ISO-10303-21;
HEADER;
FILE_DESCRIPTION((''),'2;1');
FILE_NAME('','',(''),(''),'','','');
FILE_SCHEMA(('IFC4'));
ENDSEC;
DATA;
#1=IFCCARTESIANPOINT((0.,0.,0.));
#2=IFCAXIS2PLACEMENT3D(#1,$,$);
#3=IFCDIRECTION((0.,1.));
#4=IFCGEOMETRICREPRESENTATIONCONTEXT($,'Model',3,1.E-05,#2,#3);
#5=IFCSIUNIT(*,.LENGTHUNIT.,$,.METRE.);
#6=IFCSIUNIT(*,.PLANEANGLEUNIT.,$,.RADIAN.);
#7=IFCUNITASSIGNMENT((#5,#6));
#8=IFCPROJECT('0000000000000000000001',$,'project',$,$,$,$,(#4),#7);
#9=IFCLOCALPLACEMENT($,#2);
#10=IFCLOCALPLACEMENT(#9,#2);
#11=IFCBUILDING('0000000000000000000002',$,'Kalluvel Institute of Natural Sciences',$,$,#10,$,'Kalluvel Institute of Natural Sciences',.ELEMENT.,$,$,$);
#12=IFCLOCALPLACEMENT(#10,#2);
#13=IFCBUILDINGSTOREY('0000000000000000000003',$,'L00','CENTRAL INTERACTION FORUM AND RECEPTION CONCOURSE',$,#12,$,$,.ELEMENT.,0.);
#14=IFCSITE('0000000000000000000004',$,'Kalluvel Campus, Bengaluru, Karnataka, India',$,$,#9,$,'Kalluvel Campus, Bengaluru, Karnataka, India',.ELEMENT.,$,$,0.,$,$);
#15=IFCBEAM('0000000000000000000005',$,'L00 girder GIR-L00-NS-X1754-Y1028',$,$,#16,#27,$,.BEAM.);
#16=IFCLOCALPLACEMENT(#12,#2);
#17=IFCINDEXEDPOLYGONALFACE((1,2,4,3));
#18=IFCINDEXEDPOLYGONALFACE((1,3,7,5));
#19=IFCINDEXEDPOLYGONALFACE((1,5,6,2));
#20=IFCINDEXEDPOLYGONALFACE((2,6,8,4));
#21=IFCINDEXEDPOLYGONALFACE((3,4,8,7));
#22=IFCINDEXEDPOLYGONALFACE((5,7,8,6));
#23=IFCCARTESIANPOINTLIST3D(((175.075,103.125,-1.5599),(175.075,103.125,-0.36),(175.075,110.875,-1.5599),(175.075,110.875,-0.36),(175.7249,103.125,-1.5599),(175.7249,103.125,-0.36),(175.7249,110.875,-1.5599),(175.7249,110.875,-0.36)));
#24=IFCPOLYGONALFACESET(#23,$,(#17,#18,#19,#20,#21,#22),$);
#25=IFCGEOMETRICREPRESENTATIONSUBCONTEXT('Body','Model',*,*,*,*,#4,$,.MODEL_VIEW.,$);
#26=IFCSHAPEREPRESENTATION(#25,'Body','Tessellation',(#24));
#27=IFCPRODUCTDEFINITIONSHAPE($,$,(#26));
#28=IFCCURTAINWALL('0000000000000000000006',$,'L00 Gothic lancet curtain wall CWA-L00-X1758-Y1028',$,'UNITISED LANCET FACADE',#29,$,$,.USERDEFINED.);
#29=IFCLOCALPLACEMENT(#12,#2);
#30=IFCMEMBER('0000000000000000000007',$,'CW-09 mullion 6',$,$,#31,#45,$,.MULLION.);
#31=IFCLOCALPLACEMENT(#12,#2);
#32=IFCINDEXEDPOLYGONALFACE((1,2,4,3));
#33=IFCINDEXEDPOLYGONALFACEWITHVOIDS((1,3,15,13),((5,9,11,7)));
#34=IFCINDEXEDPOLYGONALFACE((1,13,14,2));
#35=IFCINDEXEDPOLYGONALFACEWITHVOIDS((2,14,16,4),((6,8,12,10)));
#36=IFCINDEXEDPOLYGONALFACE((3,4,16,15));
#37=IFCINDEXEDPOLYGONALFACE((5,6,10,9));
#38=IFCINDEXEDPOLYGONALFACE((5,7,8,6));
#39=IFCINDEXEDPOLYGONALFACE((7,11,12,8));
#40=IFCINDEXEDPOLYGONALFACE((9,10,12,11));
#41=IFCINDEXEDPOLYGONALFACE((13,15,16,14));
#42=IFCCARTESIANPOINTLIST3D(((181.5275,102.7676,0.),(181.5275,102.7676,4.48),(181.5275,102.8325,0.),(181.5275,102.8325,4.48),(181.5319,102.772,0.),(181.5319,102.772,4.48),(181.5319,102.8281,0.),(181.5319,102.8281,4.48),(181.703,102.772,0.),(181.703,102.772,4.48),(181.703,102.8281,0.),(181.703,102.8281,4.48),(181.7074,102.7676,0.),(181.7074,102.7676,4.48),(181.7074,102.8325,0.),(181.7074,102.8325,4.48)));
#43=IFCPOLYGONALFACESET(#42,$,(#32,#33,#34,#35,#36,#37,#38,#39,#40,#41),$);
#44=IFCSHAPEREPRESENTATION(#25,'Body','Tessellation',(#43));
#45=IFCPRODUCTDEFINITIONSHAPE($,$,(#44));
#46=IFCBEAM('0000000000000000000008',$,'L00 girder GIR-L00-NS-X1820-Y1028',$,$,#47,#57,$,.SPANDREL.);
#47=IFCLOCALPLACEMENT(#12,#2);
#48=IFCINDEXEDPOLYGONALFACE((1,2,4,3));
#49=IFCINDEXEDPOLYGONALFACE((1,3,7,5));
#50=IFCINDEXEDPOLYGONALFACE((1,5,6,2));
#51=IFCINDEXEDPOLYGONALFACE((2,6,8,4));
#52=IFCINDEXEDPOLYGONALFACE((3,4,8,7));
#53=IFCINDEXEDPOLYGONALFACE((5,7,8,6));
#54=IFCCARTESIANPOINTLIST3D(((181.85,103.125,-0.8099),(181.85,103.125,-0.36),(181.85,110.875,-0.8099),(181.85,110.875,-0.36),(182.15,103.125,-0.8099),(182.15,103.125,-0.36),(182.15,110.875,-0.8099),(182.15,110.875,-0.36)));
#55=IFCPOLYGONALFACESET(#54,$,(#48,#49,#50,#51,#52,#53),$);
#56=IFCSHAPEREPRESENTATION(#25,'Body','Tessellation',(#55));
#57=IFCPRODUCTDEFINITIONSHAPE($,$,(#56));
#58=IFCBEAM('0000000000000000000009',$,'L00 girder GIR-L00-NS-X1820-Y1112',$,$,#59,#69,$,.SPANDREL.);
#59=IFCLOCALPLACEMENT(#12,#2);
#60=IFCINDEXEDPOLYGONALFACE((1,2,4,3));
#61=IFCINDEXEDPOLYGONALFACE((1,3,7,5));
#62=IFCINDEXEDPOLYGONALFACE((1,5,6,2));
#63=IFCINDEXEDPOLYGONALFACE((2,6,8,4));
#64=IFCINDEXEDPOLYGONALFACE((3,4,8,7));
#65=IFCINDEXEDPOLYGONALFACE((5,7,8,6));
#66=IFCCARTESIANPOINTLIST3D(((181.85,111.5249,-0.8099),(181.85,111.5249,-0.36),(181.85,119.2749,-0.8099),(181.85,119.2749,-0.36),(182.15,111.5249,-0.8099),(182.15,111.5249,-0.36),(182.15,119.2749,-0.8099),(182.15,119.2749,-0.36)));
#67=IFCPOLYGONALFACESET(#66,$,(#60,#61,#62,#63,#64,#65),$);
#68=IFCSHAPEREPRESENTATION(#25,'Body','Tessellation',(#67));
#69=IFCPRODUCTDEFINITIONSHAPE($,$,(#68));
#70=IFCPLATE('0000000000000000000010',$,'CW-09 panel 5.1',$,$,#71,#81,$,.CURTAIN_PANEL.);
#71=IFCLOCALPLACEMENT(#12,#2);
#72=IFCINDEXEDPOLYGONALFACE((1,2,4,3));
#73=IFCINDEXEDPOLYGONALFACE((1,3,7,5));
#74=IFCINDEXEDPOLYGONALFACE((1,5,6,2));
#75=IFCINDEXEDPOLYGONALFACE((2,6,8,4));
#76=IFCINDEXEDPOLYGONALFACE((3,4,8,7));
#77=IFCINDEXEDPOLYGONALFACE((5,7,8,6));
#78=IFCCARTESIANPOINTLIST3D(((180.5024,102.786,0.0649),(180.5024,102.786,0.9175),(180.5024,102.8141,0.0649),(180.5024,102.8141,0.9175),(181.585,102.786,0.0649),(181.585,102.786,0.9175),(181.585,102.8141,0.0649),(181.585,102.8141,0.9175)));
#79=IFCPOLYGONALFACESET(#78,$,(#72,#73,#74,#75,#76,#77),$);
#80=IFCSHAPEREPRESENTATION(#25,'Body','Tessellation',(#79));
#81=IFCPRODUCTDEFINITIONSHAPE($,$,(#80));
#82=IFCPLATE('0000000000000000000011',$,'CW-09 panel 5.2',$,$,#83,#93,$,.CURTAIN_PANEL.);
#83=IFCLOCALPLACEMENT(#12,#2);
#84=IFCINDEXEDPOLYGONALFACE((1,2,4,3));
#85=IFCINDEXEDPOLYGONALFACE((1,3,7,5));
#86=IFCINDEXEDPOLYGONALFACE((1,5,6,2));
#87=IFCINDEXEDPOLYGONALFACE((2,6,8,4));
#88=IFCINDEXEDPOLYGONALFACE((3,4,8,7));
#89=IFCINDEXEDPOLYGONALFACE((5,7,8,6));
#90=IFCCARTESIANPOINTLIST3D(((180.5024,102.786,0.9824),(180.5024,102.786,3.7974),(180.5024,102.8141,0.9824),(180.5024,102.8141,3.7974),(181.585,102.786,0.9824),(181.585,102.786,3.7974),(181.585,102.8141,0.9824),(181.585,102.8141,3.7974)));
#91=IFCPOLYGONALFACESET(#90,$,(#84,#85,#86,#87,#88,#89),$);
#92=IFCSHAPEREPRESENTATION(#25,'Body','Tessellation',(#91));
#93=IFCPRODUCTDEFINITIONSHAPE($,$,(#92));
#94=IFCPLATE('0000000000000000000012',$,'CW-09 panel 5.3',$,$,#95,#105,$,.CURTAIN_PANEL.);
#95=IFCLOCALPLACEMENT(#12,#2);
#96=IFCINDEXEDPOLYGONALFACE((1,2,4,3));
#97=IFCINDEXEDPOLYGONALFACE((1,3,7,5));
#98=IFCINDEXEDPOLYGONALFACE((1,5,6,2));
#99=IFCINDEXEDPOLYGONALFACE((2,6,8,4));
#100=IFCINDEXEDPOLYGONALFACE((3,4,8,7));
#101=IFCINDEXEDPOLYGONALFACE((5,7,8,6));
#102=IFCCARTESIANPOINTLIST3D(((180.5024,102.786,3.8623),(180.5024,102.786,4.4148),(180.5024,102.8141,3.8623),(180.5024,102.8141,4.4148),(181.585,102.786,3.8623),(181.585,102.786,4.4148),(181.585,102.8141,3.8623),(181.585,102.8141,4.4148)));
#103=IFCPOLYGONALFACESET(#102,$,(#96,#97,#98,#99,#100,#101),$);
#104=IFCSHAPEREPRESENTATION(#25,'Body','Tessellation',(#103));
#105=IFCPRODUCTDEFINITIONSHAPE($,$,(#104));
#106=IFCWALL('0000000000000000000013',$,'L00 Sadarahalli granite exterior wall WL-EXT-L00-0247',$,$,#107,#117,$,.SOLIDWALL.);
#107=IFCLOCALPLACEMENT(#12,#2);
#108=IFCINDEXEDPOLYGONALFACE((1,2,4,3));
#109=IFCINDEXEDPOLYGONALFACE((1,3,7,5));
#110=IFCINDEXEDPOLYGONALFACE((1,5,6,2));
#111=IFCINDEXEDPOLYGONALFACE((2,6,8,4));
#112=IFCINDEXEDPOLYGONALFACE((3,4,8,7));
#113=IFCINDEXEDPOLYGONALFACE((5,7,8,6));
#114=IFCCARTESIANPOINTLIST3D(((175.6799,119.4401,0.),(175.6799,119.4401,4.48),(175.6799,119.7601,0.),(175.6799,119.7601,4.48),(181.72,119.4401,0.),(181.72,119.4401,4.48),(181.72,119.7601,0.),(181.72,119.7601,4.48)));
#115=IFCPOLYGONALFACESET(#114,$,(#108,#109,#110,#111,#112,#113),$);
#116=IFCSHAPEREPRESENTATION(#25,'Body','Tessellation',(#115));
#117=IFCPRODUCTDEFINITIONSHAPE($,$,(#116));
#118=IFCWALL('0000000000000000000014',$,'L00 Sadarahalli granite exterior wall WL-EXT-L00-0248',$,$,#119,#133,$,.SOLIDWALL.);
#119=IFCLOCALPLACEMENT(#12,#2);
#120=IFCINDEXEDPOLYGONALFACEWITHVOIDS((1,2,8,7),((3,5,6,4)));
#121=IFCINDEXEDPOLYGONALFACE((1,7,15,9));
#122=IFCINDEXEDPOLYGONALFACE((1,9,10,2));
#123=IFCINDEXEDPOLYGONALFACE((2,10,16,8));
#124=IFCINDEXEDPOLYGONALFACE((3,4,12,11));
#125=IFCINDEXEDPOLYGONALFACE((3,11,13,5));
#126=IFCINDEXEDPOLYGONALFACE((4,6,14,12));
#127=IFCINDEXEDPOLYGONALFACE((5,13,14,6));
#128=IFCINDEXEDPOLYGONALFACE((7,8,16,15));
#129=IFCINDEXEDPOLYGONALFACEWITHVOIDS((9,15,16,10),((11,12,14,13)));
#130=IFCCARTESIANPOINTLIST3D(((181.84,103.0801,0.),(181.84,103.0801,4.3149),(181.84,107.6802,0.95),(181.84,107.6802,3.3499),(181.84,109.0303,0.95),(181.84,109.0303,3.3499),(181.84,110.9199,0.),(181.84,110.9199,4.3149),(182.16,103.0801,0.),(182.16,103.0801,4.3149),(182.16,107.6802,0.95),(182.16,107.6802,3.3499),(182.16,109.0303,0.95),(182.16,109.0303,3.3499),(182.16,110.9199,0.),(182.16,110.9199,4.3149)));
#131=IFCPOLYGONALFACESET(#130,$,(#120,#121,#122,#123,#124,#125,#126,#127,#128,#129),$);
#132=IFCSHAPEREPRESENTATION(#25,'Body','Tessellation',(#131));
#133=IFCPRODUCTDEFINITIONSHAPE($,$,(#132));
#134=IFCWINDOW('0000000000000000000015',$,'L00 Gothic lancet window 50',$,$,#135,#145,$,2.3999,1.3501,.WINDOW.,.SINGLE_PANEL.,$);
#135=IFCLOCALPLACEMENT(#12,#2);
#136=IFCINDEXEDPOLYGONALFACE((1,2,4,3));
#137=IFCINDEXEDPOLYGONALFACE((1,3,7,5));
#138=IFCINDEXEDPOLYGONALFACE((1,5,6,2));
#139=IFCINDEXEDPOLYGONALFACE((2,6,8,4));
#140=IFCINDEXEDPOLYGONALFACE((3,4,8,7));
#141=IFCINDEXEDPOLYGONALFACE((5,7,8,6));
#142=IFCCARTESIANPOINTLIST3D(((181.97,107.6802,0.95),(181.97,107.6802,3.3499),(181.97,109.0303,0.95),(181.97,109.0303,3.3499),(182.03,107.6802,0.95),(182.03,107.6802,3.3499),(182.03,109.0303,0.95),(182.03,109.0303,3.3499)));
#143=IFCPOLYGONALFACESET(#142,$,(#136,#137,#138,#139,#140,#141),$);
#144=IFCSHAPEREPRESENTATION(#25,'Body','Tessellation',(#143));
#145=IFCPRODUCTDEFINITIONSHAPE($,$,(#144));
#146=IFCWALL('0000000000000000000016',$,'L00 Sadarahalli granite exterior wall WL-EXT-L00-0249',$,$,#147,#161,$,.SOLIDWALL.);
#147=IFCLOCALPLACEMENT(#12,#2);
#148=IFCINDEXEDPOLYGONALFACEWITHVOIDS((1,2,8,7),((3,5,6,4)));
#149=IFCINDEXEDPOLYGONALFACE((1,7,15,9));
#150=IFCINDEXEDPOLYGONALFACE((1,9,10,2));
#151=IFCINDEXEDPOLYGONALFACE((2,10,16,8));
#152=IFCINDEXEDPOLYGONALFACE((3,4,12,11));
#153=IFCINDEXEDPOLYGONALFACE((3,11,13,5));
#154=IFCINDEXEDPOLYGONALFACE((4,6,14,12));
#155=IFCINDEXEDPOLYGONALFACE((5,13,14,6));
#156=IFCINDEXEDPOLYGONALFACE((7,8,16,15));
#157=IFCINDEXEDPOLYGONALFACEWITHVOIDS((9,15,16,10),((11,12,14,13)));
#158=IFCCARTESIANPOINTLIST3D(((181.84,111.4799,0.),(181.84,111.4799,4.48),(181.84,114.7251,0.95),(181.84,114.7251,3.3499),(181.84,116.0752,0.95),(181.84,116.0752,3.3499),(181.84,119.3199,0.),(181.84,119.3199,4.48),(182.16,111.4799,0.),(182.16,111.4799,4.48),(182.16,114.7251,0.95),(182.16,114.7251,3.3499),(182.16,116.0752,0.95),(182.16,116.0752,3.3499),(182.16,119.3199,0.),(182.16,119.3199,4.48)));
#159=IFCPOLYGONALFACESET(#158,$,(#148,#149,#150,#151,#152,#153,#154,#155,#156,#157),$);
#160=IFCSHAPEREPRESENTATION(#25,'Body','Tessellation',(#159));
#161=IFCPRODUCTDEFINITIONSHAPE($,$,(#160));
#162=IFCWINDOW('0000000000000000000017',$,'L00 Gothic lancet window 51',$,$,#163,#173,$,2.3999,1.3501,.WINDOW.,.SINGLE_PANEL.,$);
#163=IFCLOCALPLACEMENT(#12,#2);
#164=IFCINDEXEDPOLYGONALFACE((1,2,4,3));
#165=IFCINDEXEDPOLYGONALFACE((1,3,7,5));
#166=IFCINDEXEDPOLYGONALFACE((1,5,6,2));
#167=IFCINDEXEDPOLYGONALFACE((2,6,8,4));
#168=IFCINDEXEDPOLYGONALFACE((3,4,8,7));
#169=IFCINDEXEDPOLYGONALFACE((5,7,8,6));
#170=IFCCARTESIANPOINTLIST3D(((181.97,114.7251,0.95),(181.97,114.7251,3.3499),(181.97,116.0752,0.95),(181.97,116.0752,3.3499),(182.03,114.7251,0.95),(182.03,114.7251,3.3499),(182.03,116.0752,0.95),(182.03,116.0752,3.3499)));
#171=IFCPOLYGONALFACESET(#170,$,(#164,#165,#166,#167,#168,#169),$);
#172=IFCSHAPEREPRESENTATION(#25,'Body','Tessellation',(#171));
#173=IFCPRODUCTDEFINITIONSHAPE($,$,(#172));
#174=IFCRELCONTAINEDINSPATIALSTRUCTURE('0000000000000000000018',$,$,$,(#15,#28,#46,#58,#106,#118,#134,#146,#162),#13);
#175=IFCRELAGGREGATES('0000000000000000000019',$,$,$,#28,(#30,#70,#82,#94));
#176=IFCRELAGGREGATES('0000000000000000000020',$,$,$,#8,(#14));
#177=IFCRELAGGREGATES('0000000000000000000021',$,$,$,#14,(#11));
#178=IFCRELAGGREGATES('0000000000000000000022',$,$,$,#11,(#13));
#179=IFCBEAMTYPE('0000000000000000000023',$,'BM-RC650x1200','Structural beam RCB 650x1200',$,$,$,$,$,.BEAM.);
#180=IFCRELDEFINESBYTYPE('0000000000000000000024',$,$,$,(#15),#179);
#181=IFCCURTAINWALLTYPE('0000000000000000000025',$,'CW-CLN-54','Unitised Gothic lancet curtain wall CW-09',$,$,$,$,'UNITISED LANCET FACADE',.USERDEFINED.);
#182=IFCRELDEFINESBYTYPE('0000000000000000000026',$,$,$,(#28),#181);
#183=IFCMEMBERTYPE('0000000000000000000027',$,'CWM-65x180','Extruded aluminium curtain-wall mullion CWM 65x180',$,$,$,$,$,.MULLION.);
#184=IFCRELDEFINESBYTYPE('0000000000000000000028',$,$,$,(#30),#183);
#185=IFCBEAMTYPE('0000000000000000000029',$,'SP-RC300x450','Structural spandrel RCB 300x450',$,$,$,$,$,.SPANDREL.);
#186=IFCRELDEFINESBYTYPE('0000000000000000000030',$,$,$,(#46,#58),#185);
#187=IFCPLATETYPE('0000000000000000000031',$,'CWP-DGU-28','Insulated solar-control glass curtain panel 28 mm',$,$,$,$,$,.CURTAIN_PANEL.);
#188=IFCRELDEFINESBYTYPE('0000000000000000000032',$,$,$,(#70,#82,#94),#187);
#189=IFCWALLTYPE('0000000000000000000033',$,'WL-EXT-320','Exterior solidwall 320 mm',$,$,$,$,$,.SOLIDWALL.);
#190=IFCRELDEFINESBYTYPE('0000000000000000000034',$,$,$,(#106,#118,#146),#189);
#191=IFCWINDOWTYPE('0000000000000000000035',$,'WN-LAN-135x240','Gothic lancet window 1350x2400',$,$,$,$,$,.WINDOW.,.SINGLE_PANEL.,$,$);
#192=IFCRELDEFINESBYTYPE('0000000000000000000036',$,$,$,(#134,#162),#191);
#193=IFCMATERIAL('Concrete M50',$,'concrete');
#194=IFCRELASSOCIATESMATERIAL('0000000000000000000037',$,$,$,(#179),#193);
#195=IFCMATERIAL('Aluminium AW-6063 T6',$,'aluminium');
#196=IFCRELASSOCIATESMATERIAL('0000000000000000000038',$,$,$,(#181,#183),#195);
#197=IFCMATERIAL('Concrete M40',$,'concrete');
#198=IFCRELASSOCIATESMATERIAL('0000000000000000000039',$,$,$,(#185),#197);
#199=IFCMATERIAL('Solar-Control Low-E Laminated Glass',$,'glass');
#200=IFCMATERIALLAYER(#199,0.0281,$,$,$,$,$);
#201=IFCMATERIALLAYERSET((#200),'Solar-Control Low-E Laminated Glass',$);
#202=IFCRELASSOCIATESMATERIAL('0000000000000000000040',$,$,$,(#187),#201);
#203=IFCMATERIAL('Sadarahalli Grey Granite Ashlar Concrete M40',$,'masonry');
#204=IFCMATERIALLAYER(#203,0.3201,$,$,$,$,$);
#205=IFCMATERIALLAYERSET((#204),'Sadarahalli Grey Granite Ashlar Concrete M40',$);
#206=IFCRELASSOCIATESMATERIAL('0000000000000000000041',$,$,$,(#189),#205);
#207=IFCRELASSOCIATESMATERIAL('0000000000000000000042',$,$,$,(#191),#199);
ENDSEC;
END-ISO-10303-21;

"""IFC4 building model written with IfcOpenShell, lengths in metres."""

from ifc_helpers import new_model, si_unit, direction, frame, frame_2d, origin, origin_2d, place, context, subcontext, project, spatial, rectangle, hollow_rectangle, extrude, material, layer, layer_set, material_profile, profile_set, type_object, element, fill, aggregate, save


model = new_model("IFC4")

# Units and contexts
model_context = context("Model", 3, precision=1e-05, world=origin(), true_north=direction((0.0, 1.0)))
body_context = subcontext(model_context, "Body", "Model", "MODEL_VIEW")
ifc_project = project(units=[si_unit("LENGTHUNIT", "METRE"), si_unit("PLANEANGLEUNIT", "RADIAN")], contexts=[model_context])

# Site, building, storey
site_placement = place(None, origin())
site = spatial("IfcSite", under=ifc_project, at=site_placement, Name="Kalluvel Campus, Bengaluru, Karnataka, India", LongName="Kalluvel Campus, Bengaluru, Karnataka, India", CompositionType="ELEMENT", RefElevation=0.0)
building_placement = place(site_placement, origin())
building = spatial("IfcBuilding", under=site, at=building_placement, Name="Kalluvel Institute of Natural Sciences", LongName="Kalluvel Institute of Natural Sciences", CompositionType="ELEMENT")
storey_placement = place(building_placement, origin())
storey = spatial("IfcBuildingStorey", under=building, at=storey_placement, Name="L00", Description="CENTRAL INTERACTION FORUM AND RECEPTION CONCOURSE", CompositionType="ELEMENT", Elevation=0.0)

# Shared definitions
ifc_material_1 = material(Name="Concrete M40", Category="concrete")

# Beam
ifc_material_2 = material(Name="Concrete M50", Category="concrete")
ifc_material_profile_1 = material_profile(ifc_material_2, rectangle(XDim=0.6499, YDim=1.2, at=origin_2d()), Name="RCB 650x1200")
ifc_profile_set_1 = profile_set([ifc_material_profile_1], Name="Concrete M50")
beam_type_1 = type_object("IfcBeamType", Name="BM-RC650x1200", Description="Structural beam RCB 650x1200", PredefinedType="BEAM", material=ifc_profile_set_1)
beam_1_placement = place(storey_placement, frame((175.3999, 103.125, -0.96), z_axis=(0.0, 1.0, 0.0), x_axis=(-1.0, 0.0, 0.0)))
element("IfcBeam", 1, at=beam_1_placement, inside=storey, type_object=beam_type_1, Name="L00 girder GIR-L00-NS-X1754-Y1028", PredefinedType="BEAM", context=body_context, shape_type="SweptSolid", body=[
    extrude(rectangle(XDim=0.6499, YDim=1.2, at=origin_2d()), origin(), (0.0, 0.0, 1.0), 7.75),
])

# Curtain wall, member
ifc_material_3 = material(Name="Aluminium AW-6063 T6", Category="aluminium")
curtain_wall_type = type_object("IfcCurtainWallType", Name="CW-CLN-54", Description="Unitised Gothic lancet curtain wall CW-09", ElementType="UNITISED LANCET FACADE", PredefinedType="USERDEFINED", material=ifc_material_3)
curtain_wall_placement = place(storey_placement, origin())
curtain_wall = element("IfcCurtainWall", 2, at=curtain_wall_placement, inside=storey, type_object=curtain_wall_type, Name="L00 Gothic lancet curtain wall CWA-L00-X1758-Y1028", ObjectType="UNITISED LANCET FACADE", PredefinedType="USERDEFINED")
ifc_material_profile_2 = material_profile(ifc_material_3, hollow_rectangle(XDim=0.0649, YDim=0.1799, WallThickness=0.0044, at=origin_2d()), Name="CWM 65x180")
ifc_profile_set_2 = profile_set([ifc_material_profile_2], Name="Aluminium AW-6063 T6")
member_type = type_object("IfcMemberType", Name="CWM-65x180", Description="Extruded aluminium curtain-wall mullion CWM 65x180", PredefinedType="MULLION", material=ifc_profile_set_2)
member_placement = place(storey_placement, frame((181.6174, 102.8, 0.0), z_axis=(0.0, 0.0, 1.0), x_axis=(0.0, 1.0, 0.0)))
member = element("IfcMember", 3, at=member_placement, type_object=member_type, Name="CW-09 mullion 6", PredefinedType="MULLION", context=body_context, shape_type="SweptSolid", body=[
    extrude(hollow_rectangle(XDim=0.0649, YDim=0.1799, WallThickness=0.0044, at=origin_2d()), origin(), (0.0, 0.0, 1.0), 4.48),
])

# Beams
ifc_material_profile_3 = material_profile(ifc_material_1, rectangle(XDim=0.3, YDim=0.45, at=origin_2d()), Name="RCB 300x450")
ifc_profile_set_3 = profile_set([ifc_material_profile_3], Name="Concrete M40")
beam_type_2 = type_object("IfcBeamType", Name="SP-RC300x450", Description="Structural spandrel RCB 300x450", PredefinedType="SPANDREL", material=ifc_profile_set_3)
for number, where, z_axis, x_axis, name in (
    (4, (182.0, 103.125, -0.585), (0.0, 1.0, 0.0), (-1.0, 0.0, 0.0), "L00 girder GIR-L00-NS-X1820-Y1028"),
    (5, (182.0, 111.5249, -0.585), (0.0, 1.0, 0.0), (-1.0, 0.0, 0.0), "L00 girder GIR-L00-NS-X1820-Y1112"),
):
    element("IfcBeam", number, at=place(storey_placement, frame(where, z_axis=z_axis, x_axis=x_axis)), inside=storey, type_object=beam_type_2, Name=name, PredefinedType="SPANDREL", context=body_context, shape_type="SweptSolid", body=[
        extrude(rectangle(XDim=0.3, YDim=0.45, at=origin_2d()), origin(), (0.0, 0.0, 1.0), 7.75),
    ])

# Plates
ifc_material_4 = material(Name="Solar-Control Low-E Laminated Glass", Category="glass")
ifc_layer_1 = layer(ifc_material_4, 0.0281)
ifc_layer_set_1 = layer_set([ifc_layer_1], Name="Solar-Control Low-E Laminated Glass")
plate_type = type_object("IfcPlateType", Name="CWP-DGU-28", Description="Insulated solar-control glass curtain panel 28 mm", PredefinedType="CURTAIN_PANEL", material=ifc_layer_set_1)
plate_1_placement = place(storey_placement, frame((181.0437, 102.8, 0.0649), z_axis=(0.0, 0.0, 1.0), x_axis=(1.0, 0.0, 0.0)))
plate_1 = element("IfcPlate", 6, at=plate_1_placement, type_object=plate_type, Name="CW-09 panel 5.1", PredefinedType="CURTAIN_PANEL", context=body_context, shape_type="SweptSolid", body=[
    extrude(rectangle(XDim=1.0825, YDim=0.0281, at=origin_2d()), origin(), (0.0, 0.0, 1.0), 0.8525),
])
plate_2_placement = place(storey_placement, frame((181.0437, 102.8, 0.9824), z_axis=(0.0, 0.0, 1.0), x_axis=(1.0, 0.0, 0.0)))
plate_2 = element("IfcPlate", 7, at=plate_2_placement, type_object=plate_type, Name="CW-09 panel 5.2", PredefinedType="CURTAIN_PANEL", context=body_context, shape_type="SweptSolid", body=[
    extrude(rectangle(XDim=1.0825, YDim=0.0281, at=origin_2d()), origin(), (0.0, 0.0, 1.0), 2.8149),
])
plate_3_placement = place(storey_placement, frame((181.0437, 102.8, 3.8623), z_axis=(0.0, 0.0, 1.0), x_axis=(1.0, 0.0, 0.0)))
plate_3 = element("IfcPlate", 8, at=plate_3_placement, type_object=plate_type, Name="CW-09 panel 5.3", PredefinedType="CURTAIN_PANEL", context=body_context, shape_type="SweptSolid", body=[
    extrude(rectangle(XDim=1.0825, YDim=0.0281, at=origin_2d()), origin(), (0.0, 0.0, 1.0), 0.5525),
])
aggregate(curtain_wall, [member, plate_1, plate_2, plate_3])

# Wall
ifc_material_5 = material(Name="Sadarahalli Grey Granite Ashlar Concrete M40", Category="masonry")
ifc_layer_2 = layer(ifc_material_5, 0.3201)
ifc_layer_set_2 = layer_set([ifc_layer_2], Name="Sadarahalli Grey Granite Ashlar Concrete M40")
wall_type_1 = type_object("IfcWallType", Name="WL-EXT-320", Description="Exterior solidwall 320 mm", PredefinedType="SOLIDWALL", material=ifc_layer_set_2)
wall_1_placement = place(storey_placement, frame((175.6799, 119.6001, 0.0), z_axis=(0.0, 0.0, 1.0), x_axis=(1.0, 0.0, 0.0)))
element("IfcWall", 9, at=wall_1_placement, inside=storey, type_object=wall_type_1, Name="L00 Sadarahalli granite exterior wall WL-EXT-L00-0247", PredefinedType="SOLIDWALL", context=body_context, shape_type="SweptSolid", body=[
    extrude(rectangle(XDim=6.04, YDim=0.3201, at=frame_2d((3.02, 0.0))), origin(), (0.0, 0.0, 1.0), 4.48),
])

# Walls, openings, windows
wall_2_placement = place(storey_placement, frame((182.0, 103.0801, 0.0), z_axis=(0.0, 0.0, 1.0), x_axis=(0.0, 1.0, 0.0)))
wall_2 = element("IfcWall", 10, at=wall_2_placement, inside=storey, type_object=wall_type_1, Name="L00 Sadarahalli granite exterior wall WL-EXT-L00-0248", PredefinedType="SOLIDWALL", context=body_context, shape_type="SweptSolid", body=[
    extrude(rectangle(XDim=7.8398, YDim=0.3201, at=frame_2d((3.9199, 0.0))), origin(), (0.0, 0.0, 1.0), 4.3149),
])
opening_1_placement = place(wall_2_placement, frame((4.6001, 0.0, 0.95)))
opening_1 = element("IfcOpeningElement", 11, at=opening_1_placement, cuts=wall_2, PredefinedType="OPENING", context=body_context, shape_type="SweptSolid", body=[
    extrude(rectangle(XDim=1.3501, YDim=2.3999, at=frame_2d((0.675, 1.2))), frame((0.0, 0.1699, 0.0), z_axis=(0.0, -1.0, 0.0), x_axis=(1.0, 0.0, 0.0)), (0.0, 0.0, 1.0), 0.3401),
])
window_type = type_object("IfcWindowType", Name="WN-LAN-135x240", Description="Gothic lancet window 1350x2400", PartitioningType="SINGLE_PANEL", PredefinedType="WINDOW", material=ifc_material_4)
window_1_placement = place(opening_1_placement, origin())
window_1 = element("IfcWindow", 12, at=window_1_placement, inside=storey, type_object=window_type, Name="L00 Gothic lancet window 50", OverallHeight=2.3999, OverallWidth=1.3501, PartitioningType="SINGLE_PANEL", PredefinedType="WINDOW", context=body_context, shape_type="SweptSolid", body=[
    extrude(rectangle(XDim=1.3501, YDim=2.3999, at=frame_2d((0.675, 1.2))), frame((0.0, 0.03, 0.0), z_axis=(0.0, -1.0, 0.0), x_axis=(1.0, 0.0, 0.0)), (0.0, 0.0, 1.0), 0.0601),
])
fill(opening_1, window_1)
wall_3_placement = place(storey_placement, frame((182.0, 111.48, 0.0), z_axis=(0.0, 0.0, 1.0), x_axis=(0.0, 1.0, 0.0)))
wall_3 = element("IfcWall", 13, at=wall_3_placement, inside=storey, type_object=wall_type_1, Name="L00 Sadarahalli granite exterior wall WL-EXT-L00-0249", PredefinedType="SOLIDWALL", context=body_context, shape_type="SweptSolid", body=[
    extrude(rectangle(XDim=7.8401, YDim=0.3201, at=frame_2d((3.9199, 0.0))), origin(), (0.0, 0.0, 1.0), 4.48),
])
opening_2_placement = place(wall_3_placement, frame((3.2451, 0.0, 0.95)))
opening_2 = element("IfcOpeningElement", 14, at=opening_2_placement, cuts=wall_3, PredefinedType="OPENING", context=body_context, shape_type="SweptSolid", body=[
    extrude(rectangle(XDim=1.3501, YDim=2.3999, at=frame_2d((0.675, 1.2))), frame((0.0, 0.1699, 0.0), z_axis=(0.0, -1.0, 0.0), x_axis=(1.0, 0.0, 0.0)), (0.0, 0.0, 1.0), 0.3401),
])
window_2_placement = place(opening_2_placement, origin())
window_2 = element("IfcWindow", 15, at=window_2_placement, inside=storey, type_object=window_type, Name="L00 Gothic lancet window 51", OverallHeight=2.3999, OverallWidth=1.3501, PartitioningType="SINGLE_PANEL", PredefinedType="WINDOW", context=body_context, shape_type="SweptSolid", body=[
    extrude(rectangle(XDim=1.3501, YDim=2.3999, at=frame_2d((0.675, 1.2))), frame((0.0, 0.03, 0.0), z_axis=(0.0, -1.0, 0.0), x_axis=(1.0, 0.0, 0.0)), (0.0, 0.0, 1.0), 0.0601),
])
fill(opening_2, window_2)

save(model, "model.ifc")
